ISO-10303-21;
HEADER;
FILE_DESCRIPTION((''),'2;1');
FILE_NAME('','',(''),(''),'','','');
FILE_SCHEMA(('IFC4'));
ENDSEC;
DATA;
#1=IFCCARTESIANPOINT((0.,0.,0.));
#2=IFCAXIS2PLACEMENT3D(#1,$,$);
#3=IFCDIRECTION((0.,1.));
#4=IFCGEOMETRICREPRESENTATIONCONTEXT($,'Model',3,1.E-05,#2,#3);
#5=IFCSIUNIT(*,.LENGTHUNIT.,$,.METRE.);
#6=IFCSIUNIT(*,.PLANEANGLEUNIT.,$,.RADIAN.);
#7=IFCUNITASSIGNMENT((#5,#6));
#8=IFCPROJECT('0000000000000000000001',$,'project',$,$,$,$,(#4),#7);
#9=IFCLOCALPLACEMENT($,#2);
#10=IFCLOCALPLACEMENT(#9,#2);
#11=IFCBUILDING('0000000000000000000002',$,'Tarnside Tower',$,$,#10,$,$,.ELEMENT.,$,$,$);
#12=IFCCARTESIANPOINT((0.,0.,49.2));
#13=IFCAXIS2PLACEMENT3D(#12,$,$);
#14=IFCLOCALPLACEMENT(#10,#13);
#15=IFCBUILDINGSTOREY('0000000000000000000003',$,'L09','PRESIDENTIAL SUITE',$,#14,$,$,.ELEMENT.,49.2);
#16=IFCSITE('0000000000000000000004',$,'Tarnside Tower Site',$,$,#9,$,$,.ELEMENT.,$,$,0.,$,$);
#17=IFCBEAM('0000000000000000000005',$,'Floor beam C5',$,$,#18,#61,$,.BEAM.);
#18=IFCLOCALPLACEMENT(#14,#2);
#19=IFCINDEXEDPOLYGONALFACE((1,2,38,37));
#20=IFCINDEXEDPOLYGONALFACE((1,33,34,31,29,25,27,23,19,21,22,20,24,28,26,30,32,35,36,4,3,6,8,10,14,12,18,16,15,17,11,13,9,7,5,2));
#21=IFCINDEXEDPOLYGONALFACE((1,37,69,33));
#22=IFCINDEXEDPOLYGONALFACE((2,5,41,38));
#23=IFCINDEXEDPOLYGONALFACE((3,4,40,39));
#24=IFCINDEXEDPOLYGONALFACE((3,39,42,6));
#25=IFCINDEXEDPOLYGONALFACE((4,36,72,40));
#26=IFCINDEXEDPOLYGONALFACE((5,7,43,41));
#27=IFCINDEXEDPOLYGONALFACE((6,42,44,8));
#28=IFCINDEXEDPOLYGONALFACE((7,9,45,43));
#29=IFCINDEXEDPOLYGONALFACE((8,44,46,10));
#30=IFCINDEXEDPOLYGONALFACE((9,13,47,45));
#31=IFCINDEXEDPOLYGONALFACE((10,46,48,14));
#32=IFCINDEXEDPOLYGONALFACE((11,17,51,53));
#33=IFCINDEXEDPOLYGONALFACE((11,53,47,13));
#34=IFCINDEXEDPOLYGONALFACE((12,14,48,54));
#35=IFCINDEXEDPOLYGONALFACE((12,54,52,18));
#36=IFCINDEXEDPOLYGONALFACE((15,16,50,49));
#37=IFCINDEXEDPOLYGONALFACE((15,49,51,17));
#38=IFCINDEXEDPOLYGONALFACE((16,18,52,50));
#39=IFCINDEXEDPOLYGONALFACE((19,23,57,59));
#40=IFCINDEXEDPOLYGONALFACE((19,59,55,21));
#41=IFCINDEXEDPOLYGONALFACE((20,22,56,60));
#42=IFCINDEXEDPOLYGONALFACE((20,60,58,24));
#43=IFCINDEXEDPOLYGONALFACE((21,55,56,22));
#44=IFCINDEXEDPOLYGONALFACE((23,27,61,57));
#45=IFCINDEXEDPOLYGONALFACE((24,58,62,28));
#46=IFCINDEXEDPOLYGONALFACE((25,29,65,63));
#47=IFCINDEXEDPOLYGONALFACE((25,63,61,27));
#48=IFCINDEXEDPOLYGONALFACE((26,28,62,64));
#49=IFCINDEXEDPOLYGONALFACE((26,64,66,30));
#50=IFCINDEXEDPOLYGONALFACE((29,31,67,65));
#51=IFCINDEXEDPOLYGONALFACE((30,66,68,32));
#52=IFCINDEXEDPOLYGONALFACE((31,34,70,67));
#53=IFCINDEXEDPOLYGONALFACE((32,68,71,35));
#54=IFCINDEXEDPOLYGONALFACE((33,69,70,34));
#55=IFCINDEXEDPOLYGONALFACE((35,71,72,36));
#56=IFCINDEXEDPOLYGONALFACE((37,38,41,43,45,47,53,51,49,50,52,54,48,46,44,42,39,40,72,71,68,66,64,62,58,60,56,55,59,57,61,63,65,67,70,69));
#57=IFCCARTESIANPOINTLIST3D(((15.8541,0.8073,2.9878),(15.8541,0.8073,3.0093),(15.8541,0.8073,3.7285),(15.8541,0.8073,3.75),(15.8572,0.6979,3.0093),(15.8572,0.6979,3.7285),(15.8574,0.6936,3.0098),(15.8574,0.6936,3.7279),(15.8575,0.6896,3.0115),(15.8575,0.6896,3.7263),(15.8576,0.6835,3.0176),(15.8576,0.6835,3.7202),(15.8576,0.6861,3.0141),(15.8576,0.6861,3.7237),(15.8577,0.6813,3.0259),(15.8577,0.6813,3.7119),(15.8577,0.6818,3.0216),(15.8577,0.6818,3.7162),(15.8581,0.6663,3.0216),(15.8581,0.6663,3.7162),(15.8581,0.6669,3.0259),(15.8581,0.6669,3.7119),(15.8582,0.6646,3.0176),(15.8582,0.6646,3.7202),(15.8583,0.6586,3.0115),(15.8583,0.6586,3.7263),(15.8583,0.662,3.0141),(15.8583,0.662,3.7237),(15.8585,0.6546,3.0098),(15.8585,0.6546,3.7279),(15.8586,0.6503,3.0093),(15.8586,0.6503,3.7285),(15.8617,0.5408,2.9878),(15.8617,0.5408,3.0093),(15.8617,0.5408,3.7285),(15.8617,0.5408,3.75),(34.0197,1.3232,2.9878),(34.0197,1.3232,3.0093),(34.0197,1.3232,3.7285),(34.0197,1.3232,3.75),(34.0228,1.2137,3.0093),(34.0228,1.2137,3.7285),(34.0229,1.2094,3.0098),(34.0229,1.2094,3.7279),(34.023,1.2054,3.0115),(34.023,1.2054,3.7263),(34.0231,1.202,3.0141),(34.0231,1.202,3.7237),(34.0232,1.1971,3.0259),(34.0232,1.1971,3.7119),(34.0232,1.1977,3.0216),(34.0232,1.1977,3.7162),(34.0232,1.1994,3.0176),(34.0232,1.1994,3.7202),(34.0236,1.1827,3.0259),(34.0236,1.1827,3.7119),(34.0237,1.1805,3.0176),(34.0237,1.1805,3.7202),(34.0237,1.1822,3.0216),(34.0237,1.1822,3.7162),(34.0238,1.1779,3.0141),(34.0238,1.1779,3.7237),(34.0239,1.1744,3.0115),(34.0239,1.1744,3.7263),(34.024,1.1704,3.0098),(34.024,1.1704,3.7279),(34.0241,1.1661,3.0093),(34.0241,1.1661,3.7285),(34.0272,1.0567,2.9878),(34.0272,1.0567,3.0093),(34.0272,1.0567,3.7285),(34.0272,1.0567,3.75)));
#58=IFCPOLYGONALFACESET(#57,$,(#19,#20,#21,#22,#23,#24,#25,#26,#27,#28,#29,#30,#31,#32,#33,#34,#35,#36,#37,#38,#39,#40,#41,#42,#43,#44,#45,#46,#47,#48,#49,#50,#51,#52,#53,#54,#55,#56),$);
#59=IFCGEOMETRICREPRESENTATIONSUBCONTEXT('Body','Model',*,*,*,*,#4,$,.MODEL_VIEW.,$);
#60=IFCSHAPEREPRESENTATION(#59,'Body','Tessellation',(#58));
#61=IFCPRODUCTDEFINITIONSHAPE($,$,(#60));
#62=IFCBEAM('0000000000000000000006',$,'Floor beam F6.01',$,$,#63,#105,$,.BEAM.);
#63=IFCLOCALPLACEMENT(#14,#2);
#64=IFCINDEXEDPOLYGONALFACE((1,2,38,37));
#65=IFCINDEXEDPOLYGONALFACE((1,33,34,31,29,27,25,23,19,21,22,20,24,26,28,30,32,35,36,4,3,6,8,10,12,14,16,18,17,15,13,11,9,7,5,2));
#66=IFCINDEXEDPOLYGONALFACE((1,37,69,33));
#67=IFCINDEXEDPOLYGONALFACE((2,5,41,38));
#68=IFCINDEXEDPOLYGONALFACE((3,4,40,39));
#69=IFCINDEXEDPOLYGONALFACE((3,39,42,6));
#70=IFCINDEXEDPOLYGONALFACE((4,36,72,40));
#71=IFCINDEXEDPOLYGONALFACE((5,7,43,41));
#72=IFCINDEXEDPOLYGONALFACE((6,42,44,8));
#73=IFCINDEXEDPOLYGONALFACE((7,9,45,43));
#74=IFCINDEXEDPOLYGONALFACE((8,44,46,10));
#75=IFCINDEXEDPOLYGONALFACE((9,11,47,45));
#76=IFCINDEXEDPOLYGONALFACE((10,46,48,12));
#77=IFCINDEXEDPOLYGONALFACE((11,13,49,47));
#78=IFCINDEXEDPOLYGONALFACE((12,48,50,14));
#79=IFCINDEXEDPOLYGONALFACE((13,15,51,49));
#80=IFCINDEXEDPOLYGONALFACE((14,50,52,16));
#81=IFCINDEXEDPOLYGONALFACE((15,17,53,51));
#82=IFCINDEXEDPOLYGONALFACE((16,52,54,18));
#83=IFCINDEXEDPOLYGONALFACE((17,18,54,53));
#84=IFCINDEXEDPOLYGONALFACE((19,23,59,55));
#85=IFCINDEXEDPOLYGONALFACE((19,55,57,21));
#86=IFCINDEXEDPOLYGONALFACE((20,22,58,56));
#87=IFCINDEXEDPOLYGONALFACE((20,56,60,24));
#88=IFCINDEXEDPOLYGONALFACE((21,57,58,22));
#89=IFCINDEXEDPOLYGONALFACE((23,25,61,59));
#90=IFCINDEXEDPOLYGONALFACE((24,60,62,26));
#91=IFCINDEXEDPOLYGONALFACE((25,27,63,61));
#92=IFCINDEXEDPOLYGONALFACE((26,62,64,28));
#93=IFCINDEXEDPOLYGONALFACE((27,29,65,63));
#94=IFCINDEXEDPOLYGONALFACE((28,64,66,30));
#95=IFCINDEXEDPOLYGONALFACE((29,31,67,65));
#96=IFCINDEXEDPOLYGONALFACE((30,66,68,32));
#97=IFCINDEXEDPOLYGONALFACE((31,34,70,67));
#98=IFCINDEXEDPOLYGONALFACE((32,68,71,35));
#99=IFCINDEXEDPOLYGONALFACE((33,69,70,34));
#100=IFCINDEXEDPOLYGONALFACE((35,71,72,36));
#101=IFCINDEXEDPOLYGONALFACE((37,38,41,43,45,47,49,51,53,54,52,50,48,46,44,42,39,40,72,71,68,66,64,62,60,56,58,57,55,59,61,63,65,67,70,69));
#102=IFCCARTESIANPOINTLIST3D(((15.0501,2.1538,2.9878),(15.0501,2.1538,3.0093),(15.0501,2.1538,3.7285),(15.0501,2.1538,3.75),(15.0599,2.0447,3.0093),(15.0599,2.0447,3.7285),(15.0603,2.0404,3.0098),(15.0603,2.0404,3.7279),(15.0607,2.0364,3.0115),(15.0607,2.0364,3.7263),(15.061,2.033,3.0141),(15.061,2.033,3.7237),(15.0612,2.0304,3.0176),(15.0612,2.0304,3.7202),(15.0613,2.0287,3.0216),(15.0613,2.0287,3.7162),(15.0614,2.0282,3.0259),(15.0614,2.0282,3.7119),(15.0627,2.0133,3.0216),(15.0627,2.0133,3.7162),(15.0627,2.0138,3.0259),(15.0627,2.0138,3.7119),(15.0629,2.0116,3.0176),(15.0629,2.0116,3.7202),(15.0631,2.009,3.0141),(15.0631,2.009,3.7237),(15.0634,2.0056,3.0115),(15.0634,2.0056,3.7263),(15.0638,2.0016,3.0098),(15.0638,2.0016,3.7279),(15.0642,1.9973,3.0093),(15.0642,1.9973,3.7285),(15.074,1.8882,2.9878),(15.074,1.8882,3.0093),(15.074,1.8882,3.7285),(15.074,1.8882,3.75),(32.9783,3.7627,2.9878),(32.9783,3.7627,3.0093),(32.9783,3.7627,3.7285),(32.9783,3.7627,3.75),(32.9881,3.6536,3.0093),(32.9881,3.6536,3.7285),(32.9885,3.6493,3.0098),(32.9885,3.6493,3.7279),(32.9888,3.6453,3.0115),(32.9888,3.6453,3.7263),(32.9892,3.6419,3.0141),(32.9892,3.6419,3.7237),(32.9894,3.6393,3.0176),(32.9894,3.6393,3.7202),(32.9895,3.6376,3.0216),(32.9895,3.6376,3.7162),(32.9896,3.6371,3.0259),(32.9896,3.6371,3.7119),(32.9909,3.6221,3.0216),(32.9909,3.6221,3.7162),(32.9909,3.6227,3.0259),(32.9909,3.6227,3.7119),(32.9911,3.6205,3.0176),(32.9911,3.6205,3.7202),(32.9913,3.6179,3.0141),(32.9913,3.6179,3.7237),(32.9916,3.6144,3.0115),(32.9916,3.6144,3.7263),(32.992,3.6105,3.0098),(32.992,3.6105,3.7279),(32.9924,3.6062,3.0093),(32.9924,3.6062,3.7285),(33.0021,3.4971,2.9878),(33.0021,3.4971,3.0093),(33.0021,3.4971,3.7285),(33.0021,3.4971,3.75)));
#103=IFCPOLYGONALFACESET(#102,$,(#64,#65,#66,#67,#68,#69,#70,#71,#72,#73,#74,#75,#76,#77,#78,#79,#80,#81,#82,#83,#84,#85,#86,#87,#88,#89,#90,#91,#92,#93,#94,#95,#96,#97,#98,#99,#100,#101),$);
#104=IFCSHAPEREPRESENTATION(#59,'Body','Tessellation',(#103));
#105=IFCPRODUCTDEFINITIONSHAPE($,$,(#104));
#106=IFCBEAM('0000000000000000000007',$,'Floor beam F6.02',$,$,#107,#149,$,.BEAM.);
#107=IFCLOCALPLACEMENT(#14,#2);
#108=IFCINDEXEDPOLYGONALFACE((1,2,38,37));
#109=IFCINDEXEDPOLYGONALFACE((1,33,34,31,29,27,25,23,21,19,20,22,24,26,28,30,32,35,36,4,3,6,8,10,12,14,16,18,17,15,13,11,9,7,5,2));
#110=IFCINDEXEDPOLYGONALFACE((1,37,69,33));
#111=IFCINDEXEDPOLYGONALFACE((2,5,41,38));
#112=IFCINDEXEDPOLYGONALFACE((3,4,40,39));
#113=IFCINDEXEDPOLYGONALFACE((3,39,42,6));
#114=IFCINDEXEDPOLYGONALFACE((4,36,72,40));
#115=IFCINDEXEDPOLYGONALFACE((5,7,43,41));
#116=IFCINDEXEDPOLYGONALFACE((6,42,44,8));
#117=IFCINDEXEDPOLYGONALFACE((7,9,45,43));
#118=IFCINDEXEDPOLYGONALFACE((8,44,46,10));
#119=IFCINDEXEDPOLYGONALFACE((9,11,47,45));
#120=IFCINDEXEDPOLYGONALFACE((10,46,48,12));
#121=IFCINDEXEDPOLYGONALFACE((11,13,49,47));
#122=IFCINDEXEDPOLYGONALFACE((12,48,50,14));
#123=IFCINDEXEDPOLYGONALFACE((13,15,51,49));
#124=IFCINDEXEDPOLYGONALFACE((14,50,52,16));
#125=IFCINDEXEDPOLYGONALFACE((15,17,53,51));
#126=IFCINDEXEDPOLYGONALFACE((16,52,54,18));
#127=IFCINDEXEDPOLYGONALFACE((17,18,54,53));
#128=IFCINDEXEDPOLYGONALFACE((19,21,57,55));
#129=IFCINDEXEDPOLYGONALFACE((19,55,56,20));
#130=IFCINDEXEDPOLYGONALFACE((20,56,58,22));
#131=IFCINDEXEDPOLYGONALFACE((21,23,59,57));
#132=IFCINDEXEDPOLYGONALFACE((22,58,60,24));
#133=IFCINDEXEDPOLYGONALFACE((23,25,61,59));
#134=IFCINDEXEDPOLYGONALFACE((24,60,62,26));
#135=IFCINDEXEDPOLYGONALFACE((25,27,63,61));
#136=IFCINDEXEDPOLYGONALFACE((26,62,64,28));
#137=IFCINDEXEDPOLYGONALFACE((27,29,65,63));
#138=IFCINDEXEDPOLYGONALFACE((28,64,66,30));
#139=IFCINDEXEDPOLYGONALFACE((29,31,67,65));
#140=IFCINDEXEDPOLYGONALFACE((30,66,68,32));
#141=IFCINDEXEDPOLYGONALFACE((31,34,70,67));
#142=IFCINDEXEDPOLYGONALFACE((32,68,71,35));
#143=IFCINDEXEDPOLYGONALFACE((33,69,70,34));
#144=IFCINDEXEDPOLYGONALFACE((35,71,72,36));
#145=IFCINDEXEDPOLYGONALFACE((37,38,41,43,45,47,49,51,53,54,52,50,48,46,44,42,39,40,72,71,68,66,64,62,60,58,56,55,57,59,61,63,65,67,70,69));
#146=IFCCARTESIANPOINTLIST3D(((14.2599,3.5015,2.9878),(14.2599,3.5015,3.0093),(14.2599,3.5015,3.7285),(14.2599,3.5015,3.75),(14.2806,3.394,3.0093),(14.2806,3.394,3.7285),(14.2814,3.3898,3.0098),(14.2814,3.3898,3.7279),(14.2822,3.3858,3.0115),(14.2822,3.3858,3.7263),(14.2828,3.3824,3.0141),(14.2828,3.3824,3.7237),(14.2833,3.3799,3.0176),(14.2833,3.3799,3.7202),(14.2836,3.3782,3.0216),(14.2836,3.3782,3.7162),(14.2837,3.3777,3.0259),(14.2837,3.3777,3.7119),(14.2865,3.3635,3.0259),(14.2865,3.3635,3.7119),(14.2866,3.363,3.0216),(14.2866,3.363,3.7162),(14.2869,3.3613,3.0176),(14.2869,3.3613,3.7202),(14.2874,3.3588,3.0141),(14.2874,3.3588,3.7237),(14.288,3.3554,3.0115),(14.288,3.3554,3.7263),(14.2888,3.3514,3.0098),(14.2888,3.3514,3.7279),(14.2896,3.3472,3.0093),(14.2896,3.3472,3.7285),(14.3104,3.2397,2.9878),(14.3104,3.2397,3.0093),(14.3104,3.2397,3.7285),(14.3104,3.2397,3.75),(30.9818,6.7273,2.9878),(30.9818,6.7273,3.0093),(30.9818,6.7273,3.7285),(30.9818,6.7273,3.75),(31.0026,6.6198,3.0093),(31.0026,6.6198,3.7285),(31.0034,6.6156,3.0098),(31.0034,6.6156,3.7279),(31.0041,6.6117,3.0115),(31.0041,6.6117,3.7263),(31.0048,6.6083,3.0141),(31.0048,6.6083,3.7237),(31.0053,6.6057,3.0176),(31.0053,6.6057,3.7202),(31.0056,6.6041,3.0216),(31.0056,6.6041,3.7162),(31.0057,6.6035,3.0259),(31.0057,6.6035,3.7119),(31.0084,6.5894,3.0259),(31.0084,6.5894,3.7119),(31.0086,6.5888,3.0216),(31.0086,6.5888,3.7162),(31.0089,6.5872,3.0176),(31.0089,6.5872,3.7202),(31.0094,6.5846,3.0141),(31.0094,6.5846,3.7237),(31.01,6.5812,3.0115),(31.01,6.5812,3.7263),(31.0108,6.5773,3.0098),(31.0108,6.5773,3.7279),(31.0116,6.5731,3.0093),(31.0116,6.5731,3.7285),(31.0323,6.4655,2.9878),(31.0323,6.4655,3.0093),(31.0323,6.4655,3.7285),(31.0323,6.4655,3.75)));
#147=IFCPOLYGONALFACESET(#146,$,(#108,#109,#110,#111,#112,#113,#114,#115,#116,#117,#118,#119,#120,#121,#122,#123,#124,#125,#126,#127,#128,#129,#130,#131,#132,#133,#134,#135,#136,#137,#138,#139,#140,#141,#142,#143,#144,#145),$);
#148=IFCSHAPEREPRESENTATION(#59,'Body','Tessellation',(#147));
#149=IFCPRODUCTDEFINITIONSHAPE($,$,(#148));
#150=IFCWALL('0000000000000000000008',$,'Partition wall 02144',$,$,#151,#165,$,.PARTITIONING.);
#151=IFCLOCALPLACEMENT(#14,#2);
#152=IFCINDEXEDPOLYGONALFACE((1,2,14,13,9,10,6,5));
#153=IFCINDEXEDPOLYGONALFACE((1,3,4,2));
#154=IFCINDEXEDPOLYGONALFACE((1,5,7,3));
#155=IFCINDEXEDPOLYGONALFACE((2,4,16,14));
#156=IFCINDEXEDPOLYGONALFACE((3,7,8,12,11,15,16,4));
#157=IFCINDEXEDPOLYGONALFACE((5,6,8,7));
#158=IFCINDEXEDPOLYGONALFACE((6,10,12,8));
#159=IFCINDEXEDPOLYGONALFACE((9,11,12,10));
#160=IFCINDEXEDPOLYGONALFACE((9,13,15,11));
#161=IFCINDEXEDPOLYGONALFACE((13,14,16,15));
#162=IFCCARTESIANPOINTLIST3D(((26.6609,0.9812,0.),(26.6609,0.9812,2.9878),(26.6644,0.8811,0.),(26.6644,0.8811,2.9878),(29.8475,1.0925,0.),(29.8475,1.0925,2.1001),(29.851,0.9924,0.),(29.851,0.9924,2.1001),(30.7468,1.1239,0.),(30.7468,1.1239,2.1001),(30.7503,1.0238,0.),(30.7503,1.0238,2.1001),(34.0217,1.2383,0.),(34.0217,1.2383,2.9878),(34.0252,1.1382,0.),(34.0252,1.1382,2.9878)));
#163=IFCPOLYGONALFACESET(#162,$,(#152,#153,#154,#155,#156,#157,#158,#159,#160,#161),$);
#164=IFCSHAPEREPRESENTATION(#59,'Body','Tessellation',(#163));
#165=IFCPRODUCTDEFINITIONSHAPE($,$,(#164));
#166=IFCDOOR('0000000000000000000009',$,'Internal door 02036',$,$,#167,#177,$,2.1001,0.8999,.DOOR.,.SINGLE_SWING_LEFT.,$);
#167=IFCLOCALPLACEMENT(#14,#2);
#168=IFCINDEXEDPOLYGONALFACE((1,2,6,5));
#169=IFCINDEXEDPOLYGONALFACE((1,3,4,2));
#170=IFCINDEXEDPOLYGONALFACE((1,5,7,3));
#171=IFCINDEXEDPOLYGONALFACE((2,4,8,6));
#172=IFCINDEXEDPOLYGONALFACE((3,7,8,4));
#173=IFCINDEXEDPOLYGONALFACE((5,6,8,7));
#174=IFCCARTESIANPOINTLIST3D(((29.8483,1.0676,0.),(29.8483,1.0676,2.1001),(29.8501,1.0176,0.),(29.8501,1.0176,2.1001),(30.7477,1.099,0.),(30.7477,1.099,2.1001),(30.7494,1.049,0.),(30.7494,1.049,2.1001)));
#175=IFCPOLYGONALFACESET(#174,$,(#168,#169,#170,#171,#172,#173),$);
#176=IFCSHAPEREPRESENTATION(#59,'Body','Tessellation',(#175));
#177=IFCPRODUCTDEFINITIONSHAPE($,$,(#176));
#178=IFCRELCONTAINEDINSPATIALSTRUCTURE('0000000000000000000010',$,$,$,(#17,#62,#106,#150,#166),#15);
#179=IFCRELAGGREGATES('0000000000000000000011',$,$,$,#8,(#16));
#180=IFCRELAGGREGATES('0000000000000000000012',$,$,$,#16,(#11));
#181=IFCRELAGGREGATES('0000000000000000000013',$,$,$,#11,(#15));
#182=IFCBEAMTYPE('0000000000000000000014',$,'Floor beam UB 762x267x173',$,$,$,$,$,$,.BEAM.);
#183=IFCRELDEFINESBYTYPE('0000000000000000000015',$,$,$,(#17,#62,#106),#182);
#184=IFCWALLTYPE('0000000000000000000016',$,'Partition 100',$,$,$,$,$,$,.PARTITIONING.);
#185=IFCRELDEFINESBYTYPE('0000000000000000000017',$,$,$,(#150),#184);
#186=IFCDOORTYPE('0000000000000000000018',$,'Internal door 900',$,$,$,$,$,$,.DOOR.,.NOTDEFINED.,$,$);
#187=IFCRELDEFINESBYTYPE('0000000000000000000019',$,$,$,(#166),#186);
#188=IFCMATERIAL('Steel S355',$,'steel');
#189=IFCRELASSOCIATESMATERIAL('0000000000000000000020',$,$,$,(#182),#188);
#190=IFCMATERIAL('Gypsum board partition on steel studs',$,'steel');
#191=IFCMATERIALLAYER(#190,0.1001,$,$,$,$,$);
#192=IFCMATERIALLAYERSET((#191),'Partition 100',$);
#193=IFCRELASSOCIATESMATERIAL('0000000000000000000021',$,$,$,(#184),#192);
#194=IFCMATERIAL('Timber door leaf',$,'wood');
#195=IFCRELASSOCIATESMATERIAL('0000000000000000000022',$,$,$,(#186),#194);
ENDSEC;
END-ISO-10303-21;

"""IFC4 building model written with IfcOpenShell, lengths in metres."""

from ifc_helpers import new_model, si_unit, direction, frame, frame_2d, origin, origin_2d, place, context, subcontext, project, spatial, rectangle, i_section, extrude, material, layer, layer_set, material_profile, profile_set, type_object, element, fill, save


model = new_model("IFC4")

# Units and contexts
model_context = context("Model", 3, precision=1e-05, world=origin(), true_north=direction((0.0, 1.0)))
body_context = subcontext(model_context, "Body", "Model", "MODEL_VIEW")
ifc_project = project(units=[si_unit("LENGTHUNIT", "METRE"), si_unit("PLANEANGLEUNIT", "RADIAN")], contexts=[model_context])

# Site, building, storey
site_placement = place(None, origin())
site = spatial("IfcSite", under=ifc_project, at=site_placement, Name="Tarnside Tower Site", CompositionType="ELEMENT", RefElevation=0.0)
building_placement = place(site_placement, origin())
building = spatial("IfcBuilding", under=site, at=building_placement, Name="Tarnside Tower", CompositionType="ELEMENT")
storey_placement = place(building_placement, frame((0.0, 0.0, 49.2)))
storey = spatial("IfcBuildingStorey", under=building, at=storey_placement, Name="L09", Description="PRESIDENTIAL SUITE", CompositionType="ELEMENT", Elevation=49.2)

# Beams
ifc_material_1 = material(Name="Steel S355", Category="steel")
ifc_material_profile = material_profile(ifc_material_1, i_section(OverallWidth=0.2666, OverallDepth=0.7622, WebThickness=0.0144, FlangeThickness=0.0215, FilletRadius=0.0166, at=origin_2d()), Name="UB 762x267x173")
ifc_profile_set = profile_set([ifc_material_profile], Name="Steel S355")
beam_type = type_object("IfcBeamType", Name="Floor beam UB 762x267x173", PredefinedType="BEAM", material=ifc_profile_set)
beam_1_placement = place(storey_placement, frame((34.0234, 1.1899, 3.3689), z_axis=(-0.999597, -0.028387, 0.0), x_axis=(0.028387, -0.999597, 0.0)))
element("IfcBeam", 1, at=beam_1_placement, inside=storey, type_object=beam_type, Name="Floor beam C5", PredefinedType="BEAM", context=body_context, shape_type="SweptSolid", body=[
    extrude(i_section(OverallWidth=0.2666, OverallDepth=0.7622, WebThickness=0.0144, FlangeThickness=0.0215, FilletRadius=0.0166, at=origin_2d()), origin(), (0.0, 0.0, 1.0), 18.1729),
])
beam_2_placement = place(storey_placement, frame((32.9902, 3.6299, 3.3689), z_axis=(-0.995997, -0.089381, 0.0), x_axis=(0.089381, -0.995997, 0.0)))
element("IfcBeam", 2, at=beam_2_placement, inside=storey, type_object=beam_type, Name="Floor beam F6.01", PredefinedType="BEAM", context=body_context, shape_type="SweptSolid", body=[
    extrude(i_section(OverallWidth=0.2666, OverallDepth=0.7622, WebThickness=0.0144, FlangeThickness=0.0215, FilletRadius=0.0166, at=origin_2d()), origin(), (0.0, 0.0, 1.0), 18.0002),
])
beam_3_placement = place(storey_placement, frame((31.0071, 6.5964, 3.3689), z_axis=(-0.981897, -0.189418, 0.0), x_axis=(0.189418, -0.981897, 0.0)))
element("IfcBeam", 3, at=beam_3_placement, inside=storey, type_object=beam_type, Name="Floor beam F6.02", PredefinedType="BEAM", context=body_context, shape_type="SweptSolid", body=[
    extrude(i_section(OverallWidth=0.2666, OverallDepth=0.7622, WebThickness=0.0144, FlangeThickness=0.0215, FilletRadius=0.0166, at=origin_2d()), origin(), (0.0, 0.0, 1.0), 17.0303),
])

# Wall, opening, door
ifc_material_2 = material(Name="Gypsum board partition on steel studs", Category="steel")
ifc_layer_1 = layer(ifc_material_2, 0.1001)
ifc_layer_set_1 = layer_set([ifc_layer_1], Name="Partition 100")
wall_type_1 = type_object("IfcWallType", Name="Partition 100", PredefinedType="PARTITIONING", material=ifc_layer_set_1)
wall_1_placement = place(storey_placement, frame((34.0234, 1.1882, 0.0), z_axis=(0.0, 0.0, 1.0), x_axis=(-0.999391, -0.034904, 0.0)))
wall_1 = element("IfcWall", 4, at=wall_1_placement, inside=storey, type_object=wall_type_1, Name="Partition wall 02144", PredefinedType="PARTITIONING", context=body_context, shape_type="SweptSolid", body=[
    extrude(rectangle(XDim=7.3652, YDim=0.1001, at=frame_2d((3.6826, 0.0))), origin(), (0.0, 0.0, 1.0), 2.9878),
])
opening_1_placement = place(wall_1_placement, frame((3.2769, 0.0, 0.0)))
opening_1 = element("IfcOpeningElement", 5, at=opening_1_placement, cuts=wall_1, PredefinedType="OPENING", context=body_context, shape_type="SweptSolid", body=[
    extrude(rectangle(XDim=0.8999, YDim=2.1001, at=frame_2d((0.45, 1.05))), frame((0.0, 0.0601, 0.0), z_axis=(0.0, -1.0, 0.0), x_axis=(1.0, 0.0, 0.0)), (0.0, 0.0, 1.0), 0.1201),
])
ifc_material_3 = material(Name="Timber door leaf", Category="wood")
door_type = type_object("IfcDoorType", Name="Internal door 900", OperationType="NOTDEFINED", PredefinedType="DOOR", material=ifc_material_3)
door_placement = place(opening_1_placement, origin())
door = element("IfcDoor", 6, at=door_placement, inside=storey, type_object=door_type, Name="Internal door 02036", OperationType="SINGLE_SWING_LEFT", OverallHeight=2.1001, OverallWidth=0.8999, PredefinedType="DOOR", context=body_context, shape_type="SweptSolid", body=[
    extrude(rectangle(XDim=0.8999, YDim=2.1001, at=frame_2d((0.45, 1.05))), frame((0.0, 0.0249, 0.0), z_axis=(0.0, -1.0, 0.0), x_axis=(1.0, 0.0, 0.0)), (0.0, 0.0, 1.0), 0.05),
])
fill(opening_1, door)

save(model, "model.ifc")
